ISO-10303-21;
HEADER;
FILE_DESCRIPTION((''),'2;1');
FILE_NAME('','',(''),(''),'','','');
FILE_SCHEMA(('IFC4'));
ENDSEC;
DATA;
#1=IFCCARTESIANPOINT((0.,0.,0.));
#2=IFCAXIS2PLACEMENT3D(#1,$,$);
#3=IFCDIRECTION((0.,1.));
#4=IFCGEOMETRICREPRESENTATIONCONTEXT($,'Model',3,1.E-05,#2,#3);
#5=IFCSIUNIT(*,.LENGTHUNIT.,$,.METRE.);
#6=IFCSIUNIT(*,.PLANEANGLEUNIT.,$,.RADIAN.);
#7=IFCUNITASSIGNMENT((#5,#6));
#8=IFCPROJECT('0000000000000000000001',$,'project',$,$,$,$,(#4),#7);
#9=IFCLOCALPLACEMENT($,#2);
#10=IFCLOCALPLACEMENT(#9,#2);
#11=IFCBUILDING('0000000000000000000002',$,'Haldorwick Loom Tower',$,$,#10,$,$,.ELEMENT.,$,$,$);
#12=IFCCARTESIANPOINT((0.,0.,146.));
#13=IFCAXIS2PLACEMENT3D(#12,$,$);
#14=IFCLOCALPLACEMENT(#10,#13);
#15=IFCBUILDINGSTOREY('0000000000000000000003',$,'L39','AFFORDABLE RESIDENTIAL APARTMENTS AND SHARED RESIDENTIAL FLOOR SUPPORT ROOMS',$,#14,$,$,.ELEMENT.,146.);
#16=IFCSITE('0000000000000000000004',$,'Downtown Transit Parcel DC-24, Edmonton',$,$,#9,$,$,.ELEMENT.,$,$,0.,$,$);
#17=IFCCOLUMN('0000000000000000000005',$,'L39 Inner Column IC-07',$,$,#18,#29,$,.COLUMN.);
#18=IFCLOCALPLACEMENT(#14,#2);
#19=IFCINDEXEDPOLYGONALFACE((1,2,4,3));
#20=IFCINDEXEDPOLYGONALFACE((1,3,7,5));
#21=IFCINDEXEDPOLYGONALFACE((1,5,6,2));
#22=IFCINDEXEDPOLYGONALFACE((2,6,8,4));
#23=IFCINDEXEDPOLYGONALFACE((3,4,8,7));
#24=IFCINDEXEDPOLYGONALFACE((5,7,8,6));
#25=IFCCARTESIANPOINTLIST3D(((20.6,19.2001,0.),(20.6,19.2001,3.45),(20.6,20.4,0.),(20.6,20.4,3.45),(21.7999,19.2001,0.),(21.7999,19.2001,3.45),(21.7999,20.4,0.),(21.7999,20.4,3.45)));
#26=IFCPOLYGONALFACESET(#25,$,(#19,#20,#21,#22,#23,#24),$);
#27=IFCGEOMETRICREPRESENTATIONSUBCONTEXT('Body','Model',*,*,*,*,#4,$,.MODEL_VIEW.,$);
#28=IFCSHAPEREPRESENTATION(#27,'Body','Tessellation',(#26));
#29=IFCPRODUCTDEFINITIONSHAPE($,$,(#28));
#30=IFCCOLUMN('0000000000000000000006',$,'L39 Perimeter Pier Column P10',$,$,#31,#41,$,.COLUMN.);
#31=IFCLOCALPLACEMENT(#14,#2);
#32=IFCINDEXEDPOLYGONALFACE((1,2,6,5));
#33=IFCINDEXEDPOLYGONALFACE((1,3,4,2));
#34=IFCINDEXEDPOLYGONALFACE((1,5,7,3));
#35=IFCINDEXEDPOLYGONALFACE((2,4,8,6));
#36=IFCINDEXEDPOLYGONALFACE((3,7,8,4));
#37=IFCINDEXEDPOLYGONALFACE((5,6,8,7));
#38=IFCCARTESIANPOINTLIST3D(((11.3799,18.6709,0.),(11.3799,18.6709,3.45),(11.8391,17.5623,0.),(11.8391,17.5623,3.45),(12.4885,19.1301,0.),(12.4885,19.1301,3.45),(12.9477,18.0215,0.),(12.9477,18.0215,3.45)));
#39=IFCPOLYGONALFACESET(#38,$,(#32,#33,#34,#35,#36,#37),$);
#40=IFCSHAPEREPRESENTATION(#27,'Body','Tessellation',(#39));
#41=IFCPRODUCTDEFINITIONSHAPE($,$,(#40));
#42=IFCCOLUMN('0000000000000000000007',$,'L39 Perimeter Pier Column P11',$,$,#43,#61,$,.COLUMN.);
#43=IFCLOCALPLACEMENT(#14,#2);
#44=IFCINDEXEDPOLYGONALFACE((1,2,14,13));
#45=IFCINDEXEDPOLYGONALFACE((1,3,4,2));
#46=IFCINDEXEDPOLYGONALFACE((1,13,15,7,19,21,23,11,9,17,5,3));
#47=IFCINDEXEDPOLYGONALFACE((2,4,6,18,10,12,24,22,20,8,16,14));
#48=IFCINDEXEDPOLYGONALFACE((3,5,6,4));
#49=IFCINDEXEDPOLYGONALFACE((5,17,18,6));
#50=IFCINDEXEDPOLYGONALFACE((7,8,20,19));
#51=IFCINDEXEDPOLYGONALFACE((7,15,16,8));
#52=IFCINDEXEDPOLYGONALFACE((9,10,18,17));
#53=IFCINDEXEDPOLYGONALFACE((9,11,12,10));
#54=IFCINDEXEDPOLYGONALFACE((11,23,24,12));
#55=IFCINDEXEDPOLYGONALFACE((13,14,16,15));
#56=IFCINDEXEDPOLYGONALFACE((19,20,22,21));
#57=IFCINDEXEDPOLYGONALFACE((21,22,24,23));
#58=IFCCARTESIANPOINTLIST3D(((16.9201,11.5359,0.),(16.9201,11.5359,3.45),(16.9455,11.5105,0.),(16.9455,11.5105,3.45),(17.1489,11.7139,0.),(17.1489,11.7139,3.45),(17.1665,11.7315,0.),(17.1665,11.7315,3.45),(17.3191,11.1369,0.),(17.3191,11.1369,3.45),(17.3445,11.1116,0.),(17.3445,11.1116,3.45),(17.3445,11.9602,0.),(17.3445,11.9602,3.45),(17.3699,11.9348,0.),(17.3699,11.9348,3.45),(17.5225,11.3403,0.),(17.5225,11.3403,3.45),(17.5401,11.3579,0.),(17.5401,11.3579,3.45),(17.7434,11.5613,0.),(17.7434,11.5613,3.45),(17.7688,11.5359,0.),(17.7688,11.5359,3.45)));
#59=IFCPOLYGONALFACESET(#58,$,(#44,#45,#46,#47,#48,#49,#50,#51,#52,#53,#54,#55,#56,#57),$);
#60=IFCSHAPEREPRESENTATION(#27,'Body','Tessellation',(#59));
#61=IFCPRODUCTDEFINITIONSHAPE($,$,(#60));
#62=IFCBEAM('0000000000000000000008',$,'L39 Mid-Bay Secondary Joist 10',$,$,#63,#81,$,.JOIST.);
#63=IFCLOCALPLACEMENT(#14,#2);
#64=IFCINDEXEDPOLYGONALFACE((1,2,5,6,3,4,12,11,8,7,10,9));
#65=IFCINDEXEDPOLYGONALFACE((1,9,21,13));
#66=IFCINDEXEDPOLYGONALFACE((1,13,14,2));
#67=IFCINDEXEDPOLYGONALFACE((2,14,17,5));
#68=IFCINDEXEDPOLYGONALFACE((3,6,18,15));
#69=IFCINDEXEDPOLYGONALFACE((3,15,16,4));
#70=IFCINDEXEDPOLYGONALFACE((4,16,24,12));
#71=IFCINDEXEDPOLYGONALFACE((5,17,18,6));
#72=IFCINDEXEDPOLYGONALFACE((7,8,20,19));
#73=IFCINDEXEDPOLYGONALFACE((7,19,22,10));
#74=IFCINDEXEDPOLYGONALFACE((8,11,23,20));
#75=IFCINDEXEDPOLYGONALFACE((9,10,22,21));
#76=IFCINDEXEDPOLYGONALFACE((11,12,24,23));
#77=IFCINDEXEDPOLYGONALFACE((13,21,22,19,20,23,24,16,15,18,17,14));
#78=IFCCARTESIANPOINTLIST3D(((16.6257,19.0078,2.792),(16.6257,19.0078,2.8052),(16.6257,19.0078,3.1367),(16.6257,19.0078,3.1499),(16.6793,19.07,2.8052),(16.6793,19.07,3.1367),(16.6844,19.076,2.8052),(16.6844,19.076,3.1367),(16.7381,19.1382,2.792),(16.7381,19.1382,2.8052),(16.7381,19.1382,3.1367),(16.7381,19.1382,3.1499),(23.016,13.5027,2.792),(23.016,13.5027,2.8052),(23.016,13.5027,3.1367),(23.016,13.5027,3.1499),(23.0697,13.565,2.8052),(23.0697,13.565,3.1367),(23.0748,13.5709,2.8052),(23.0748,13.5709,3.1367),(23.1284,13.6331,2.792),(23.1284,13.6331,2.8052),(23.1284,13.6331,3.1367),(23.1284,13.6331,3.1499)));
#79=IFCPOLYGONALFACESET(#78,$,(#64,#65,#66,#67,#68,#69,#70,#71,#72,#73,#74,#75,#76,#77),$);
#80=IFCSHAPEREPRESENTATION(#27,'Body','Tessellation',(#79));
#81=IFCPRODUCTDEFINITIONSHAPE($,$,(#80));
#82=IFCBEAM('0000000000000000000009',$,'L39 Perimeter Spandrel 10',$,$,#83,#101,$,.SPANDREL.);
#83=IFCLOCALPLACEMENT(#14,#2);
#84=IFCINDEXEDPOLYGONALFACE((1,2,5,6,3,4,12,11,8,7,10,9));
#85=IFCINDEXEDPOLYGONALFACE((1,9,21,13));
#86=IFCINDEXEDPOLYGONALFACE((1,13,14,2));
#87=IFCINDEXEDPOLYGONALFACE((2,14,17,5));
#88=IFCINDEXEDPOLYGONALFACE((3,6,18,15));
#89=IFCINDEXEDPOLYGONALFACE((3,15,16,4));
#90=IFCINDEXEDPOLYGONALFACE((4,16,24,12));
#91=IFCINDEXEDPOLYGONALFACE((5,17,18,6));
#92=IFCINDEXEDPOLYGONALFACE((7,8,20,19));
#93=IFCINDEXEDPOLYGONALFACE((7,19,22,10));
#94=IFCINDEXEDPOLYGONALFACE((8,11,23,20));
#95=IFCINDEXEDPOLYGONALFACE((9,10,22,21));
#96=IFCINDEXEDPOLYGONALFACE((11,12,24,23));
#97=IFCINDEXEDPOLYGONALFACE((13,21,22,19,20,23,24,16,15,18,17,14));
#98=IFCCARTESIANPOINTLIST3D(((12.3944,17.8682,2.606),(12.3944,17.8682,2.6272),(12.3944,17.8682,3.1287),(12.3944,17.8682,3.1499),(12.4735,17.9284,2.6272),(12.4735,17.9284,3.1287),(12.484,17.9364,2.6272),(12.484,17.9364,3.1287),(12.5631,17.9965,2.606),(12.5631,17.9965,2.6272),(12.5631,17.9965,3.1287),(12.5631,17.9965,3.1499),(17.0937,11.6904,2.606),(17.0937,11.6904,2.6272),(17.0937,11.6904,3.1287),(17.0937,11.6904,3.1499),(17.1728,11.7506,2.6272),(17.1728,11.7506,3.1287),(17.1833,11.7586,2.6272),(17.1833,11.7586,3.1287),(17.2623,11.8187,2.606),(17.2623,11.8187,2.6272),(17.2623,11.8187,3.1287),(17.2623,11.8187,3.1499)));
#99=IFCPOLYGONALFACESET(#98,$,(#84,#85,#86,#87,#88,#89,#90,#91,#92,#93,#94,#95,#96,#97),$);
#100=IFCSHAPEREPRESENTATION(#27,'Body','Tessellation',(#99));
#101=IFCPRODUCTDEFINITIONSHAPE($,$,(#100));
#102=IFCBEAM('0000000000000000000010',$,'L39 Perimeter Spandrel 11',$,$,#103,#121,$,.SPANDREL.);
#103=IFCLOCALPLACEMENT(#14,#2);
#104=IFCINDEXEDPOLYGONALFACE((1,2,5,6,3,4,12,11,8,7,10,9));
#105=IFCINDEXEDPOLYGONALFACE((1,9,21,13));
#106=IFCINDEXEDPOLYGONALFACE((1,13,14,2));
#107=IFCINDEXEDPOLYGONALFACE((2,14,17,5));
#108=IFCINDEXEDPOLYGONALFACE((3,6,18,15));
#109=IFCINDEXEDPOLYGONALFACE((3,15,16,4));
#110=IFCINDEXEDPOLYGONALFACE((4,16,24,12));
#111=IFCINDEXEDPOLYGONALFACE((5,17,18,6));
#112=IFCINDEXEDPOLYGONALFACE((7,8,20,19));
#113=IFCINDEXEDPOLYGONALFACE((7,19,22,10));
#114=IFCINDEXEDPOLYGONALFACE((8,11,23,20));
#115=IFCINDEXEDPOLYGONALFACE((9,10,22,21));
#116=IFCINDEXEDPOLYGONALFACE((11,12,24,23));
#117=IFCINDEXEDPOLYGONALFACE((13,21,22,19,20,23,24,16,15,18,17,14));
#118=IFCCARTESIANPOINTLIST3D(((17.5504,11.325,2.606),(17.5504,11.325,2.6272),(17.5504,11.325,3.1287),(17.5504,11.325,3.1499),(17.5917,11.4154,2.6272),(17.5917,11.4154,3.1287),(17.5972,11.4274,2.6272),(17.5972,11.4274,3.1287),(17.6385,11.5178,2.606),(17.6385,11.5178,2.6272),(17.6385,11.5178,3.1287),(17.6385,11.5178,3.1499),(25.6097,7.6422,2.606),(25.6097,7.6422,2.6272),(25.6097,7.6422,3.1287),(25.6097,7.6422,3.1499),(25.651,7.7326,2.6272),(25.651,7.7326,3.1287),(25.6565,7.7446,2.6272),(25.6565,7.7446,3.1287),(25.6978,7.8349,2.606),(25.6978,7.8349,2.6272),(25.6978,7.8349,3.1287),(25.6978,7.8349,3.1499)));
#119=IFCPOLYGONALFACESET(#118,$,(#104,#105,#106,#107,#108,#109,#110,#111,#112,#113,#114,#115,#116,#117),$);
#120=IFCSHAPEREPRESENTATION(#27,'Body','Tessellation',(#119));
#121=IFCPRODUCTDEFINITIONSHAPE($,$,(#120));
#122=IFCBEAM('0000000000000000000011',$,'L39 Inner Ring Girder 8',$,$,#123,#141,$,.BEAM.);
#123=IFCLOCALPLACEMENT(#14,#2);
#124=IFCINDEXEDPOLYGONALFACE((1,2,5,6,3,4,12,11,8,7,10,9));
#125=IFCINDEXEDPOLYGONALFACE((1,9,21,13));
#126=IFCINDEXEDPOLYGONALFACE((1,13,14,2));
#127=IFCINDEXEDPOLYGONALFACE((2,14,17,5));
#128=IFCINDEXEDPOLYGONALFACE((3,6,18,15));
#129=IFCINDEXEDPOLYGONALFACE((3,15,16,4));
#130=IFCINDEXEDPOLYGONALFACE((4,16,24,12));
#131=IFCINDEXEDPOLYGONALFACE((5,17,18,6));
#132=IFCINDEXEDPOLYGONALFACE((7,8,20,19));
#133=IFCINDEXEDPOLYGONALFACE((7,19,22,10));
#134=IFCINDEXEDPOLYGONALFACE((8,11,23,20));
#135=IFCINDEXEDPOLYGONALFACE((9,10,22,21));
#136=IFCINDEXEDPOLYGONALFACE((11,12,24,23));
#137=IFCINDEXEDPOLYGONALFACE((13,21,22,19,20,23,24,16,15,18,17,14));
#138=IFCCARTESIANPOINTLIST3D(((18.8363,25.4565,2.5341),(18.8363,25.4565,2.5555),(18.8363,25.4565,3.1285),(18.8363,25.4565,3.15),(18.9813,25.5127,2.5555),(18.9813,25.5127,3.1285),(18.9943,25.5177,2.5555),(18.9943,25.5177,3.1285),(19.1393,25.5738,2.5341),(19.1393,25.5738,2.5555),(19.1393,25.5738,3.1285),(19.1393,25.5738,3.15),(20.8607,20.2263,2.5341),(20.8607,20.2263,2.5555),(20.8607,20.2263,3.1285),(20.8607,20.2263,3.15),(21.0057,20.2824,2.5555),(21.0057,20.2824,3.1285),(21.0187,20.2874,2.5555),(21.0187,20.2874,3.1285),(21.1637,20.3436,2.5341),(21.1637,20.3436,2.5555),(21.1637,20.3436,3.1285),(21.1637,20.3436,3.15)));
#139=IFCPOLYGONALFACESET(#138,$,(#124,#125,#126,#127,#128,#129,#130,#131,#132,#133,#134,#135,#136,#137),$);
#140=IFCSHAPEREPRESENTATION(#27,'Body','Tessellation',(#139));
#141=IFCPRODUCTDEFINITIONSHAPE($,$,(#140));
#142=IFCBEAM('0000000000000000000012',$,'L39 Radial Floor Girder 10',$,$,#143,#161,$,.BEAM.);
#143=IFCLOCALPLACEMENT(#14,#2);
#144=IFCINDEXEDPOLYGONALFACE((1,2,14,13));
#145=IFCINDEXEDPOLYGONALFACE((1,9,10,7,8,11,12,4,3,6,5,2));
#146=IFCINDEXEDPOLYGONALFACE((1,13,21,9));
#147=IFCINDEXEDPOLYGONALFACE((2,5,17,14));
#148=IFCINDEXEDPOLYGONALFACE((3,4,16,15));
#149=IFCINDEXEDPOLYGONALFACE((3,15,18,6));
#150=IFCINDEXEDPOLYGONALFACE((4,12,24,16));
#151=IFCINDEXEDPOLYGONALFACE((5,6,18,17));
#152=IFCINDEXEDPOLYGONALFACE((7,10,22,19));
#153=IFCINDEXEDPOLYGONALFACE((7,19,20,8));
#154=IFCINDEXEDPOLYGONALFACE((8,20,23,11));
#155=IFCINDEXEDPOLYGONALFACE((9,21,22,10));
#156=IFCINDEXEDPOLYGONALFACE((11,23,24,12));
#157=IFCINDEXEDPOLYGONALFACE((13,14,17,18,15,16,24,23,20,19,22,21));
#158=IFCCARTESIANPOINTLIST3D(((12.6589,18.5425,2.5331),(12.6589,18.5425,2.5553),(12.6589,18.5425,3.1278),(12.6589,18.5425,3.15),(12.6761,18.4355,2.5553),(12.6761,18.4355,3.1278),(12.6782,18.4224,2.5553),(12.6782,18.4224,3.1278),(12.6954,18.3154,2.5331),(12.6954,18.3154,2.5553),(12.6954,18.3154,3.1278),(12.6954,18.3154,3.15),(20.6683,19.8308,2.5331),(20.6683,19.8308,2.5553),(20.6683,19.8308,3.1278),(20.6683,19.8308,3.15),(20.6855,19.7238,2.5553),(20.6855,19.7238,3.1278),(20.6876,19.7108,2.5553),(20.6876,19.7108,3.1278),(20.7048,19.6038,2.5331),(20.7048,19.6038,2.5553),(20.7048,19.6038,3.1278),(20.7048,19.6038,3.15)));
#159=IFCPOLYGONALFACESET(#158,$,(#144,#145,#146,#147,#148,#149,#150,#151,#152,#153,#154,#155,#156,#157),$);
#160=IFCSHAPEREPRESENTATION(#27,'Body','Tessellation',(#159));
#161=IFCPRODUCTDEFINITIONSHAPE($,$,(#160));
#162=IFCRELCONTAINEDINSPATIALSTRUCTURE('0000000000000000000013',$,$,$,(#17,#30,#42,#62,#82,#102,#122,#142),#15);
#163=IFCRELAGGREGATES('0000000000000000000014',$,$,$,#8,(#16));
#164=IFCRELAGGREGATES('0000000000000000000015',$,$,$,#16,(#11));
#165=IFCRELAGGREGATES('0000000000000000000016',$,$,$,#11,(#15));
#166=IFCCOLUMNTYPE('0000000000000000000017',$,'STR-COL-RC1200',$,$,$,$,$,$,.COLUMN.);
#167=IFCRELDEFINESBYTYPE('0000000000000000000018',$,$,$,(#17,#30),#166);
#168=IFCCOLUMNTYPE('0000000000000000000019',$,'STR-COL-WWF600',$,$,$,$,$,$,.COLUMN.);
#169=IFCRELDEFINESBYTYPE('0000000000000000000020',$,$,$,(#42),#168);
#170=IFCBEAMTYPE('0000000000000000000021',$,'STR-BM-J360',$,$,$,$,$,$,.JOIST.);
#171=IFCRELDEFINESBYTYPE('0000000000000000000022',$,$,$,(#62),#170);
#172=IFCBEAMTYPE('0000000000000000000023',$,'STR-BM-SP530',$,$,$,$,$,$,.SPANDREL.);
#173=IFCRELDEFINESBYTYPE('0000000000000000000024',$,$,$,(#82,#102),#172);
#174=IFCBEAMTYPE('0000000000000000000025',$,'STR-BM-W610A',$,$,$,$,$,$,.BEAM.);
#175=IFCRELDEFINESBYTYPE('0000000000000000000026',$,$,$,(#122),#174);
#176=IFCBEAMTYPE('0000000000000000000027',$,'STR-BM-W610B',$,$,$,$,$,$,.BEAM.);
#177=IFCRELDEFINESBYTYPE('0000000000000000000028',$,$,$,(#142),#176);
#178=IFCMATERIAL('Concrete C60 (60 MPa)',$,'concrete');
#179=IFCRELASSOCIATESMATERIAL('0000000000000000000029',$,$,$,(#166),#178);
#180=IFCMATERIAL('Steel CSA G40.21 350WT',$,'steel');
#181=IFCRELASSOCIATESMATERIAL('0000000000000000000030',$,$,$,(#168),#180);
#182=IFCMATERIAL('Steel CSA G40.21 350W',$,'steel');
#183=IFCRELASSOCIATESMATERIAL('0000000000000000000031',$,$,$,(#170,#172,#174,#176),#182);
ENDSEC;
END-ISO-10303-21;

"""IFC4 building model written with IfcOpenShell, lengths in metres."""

from ifc_helpers import new_model, si_unit, direction, frame, origin, origin_2d, place, context, subcontext, project, spatial, rectangle, i_section, extrude, material, material_profile, profile_set, type_object, element, save


model = new_model("IFC4")

# Units and contexts
model_context = context("Model", 3, precision=1e-05, world=origin(), true_north=direction((0.0, 1.0)))
body_context = subcontext(model_context, "Body", "Model", "MODEL_VIEW")
ifc_project = project(units=[si_unit("LENGTHUNIT", "METRE"), si_unit("PLANEANGLEUNIT", "RADIAN")], contexts=[model_context])

# Site, building, storey
site_placement = place(None, origin())
site = spatial("IfcSite", under=ifc_project, at=site_placement, Name="Downtown Transit Parcel DC-24, Edmonton", CompositionType="ELEMENT", RefElevation=0.0)
building_placement = place(site_placement, origin())
building = spatial("IfcBuilding", under=site, at=building_placement, Name="Haldorwick Loom Tower", CompositionType="ELEMENT")
storey_placement = place(building_placement, frame((0.0, 0.0, 146.0)))
storey = spatial("IfcBuildingStorey", under=building, at=storey_placement, Name="L39", Description="AFFORDABLE RESIDENTIAL APARTMENTS AND SHARED RESIDENTIAL FLOOR SUPPORT ROOMS", CompositionType="ELEMENT", Elevation=146.0)

# Columns
ifc_material_1 = material(Name="Concrete C60 (60 MPa)", Category="concrete")
ifc_material_profile_1 = material_profile(ifc_material_1, rectangle(XDim=1.2, YDim=1.2, at=origin_2d()), Name="RC1200X1200", Category="concrete")
ifc_profile_set_1 = profile_set([ifc_material_profile_1], Name="Concrete C60 (60 MPa)")
column_type_1 = type_object("IfcColumnType", Name="STR-COL-RC1200", PredefinedType="COLUMN", material=ifc_profile_set_1)
for number, where, z_axis, x_axis, name in (
    (1, (21.2, 19.8, 0.0), (0.0, 0.0, 1.0), (1.0, 0.0, 0.0), "L39 Inner Column IC-07"),
    (2, (12.1638, 18.3462, 0.0), (0.0, 0.0, 1.0), (-0.92388, -0.382683, 0.0), "L39 Perimeter Pier Column P10"),
):
    element("IfcColumn", number, at=place(storey_placement, frame(where, z_axis=z_axis, x_axis=x_axis)), inside=storey, type_object=column_type_1, Name=name, PredefinedType="COLUMN", context=body_context, shape_type="SweptSolid", body=[
        extrude(rectangle(XDim=1.2, YDim=1.2, at=origin_2d()), origin(), (0.0, 0.0, 1.0), 3.45),
    ])
ifc_material_2 = material(Name="Steel CSA G40.21 350WT", Category="steel")
ifc_material_profile_2 = material_profile(ifc_material_2, i_section(OverallWidth=0.6001, OverallDepth=0.6001, WebThickness=0.0249, FlangeThickness=0.0359, at=origin_2d()), Name="WWF600X600", Category="steel")
ifc_profile_set_2 = profile_set([ifc_material_profile_2], Name="Steel CSA G40.21 350WT")
column_type_2 = type_object("IfcColumnType", Name="STR-COL-WWF600", PredefinedType="COLUMN", material=ifc_profile_set_2)
column_placement = place(storey_placement, frame((17.3445, 11.5359, 0.0), z_axis=(0.0, 0.0, 1.0), x_axis=(-0.707107, -0.707107, 0.0)))
element("IfcColumn", 3, at=column_placement, inside=storey, type_object=column_type_2, Name="L39 Perimeter Pier Column P11", PredefinedType="COLUMN", context=body_context, shape_type="SweptSolid", body=[
    extrude(i_section(OverallWidth=0.6001, OverallDepth=0.6001, WebThickness=0.0249, FlangeThickness=0.0359, at=origin_2d()), origin(), (0.0, 0.0, 1.0), 3.45),
])

# Beams
ifc_material_3 = material(Name="Steel CSA G40.21 350W", Category="steel")
ifc_material_profile_3 = material_profile(ifc_material_3, i_section(OverallWidth=0.1721, OverallDepth=0.3579, WebThickness=0.0078, FlangeThickness=0.0132, at=origin_2d()), Name="W360X57", Category="steel")
ifc_profile_set_3 = profile_set([ifc_material_profile_3], Name="Steel CSA G40.21 350W")
beam_type_1 = type_object("IfcBeamType", Name="STR-BM-J360", PredefinedType="JOIST", material=ifc_profile_set_3)
beam_1_placement = place(storey_placement, frame((16.6819, 19.073, 2.9709), z_axis=(0.757634, -0.65268, 0.0), x_axis=(0.65268, 0.757634, 0.0)))
element("IfcBeam", 4, at=beam_1_placement, inside=storey, type_object=beam_type_1, Name="L39 Mid-Bay Secondary Joist 10", PredefinedType="JOIST", context=body_context, shape_type="SweptSolid", body=[
    extrude(i_section(OverallWidth=0.1721, OverallDepth=0.3579, WebThickness=0.0078, FlangeThickness=0.0132, at=origin_2d()), origin(), (0.0, 0.0, 1.0), 8.4346),
])
ifc_material_profile_4 = material_profile(ifc_material_3, i_section(OverallWidth=0.2119, OverallDepth=0.5439, WebThickness=0.0132, FlangeThickness=0.0212, at=origin_2d()), Name="W530X123", Category="steel")
ifc_profile_set_4 = profile_set([ifc_material_profile_4], Name="Steel CSA G40.21 350W")
beam_type_2 = type_object("IfcBeamType", Name="STR-BM-SP530", PredefinedType="SPANDREL", material=ifc_profile_set_4)
beam_2_placement = place(storey_placement, frame((12.4788, 17.9324, 2.8779), z_axis=(0.605421, -0.795905, 0.0), x_axis=(0.795905, 0.605421, 0.0)))
element("IfcBeam", 5, at=beam_2_placement, inside=storey, type_object=beam_type_2, Name="L39 Perimeter Spandrel 10", PredefinedType="SPANDREL", context=body_context, shape_type="SweptSolid", body=[
    extrude(i_section(OverallWidth=0.2119, OverallDepth=0.5439, WebThickness=0.0132, FlangeThickness=0.0212, at=origin_2d()), origin(), (0.0, 0.0, 1.0), 7.762),
])
beam_3_placement = place(storey_placement, frame((17.5945, 11.4214, 2.8779), z_axis=(0.909534, -0.415629, 0.0), x_axis=(0.415629, 0.909534, 0.0)))
element("IfcBeam", 6, at=beam_3_placement, inside=storey, type_object=beam_type_2, Name="L39 Perimeter Spandrel 11", PredefinedType="SPANDREL", context=body_context, shape_type="SweptSolid", body=[
    extrude(i_section(OverallWidth=0.2119, OverallDepth=0.5439, WebThickness=0.0132, FlangeThickness=0.0212, at=origin_2d()), origin(), (0.0, 0.0, 1.0), 8.8608),
])
ifc_material_profile_5 = material_profile(ifc_material_3, i_section(OverallWidth=0.325, OverallDepth=0.616, WebThickness=0.0139, FlangeThickness=0.0215, at=origin_2d()), Name="W610X174", Category="steel")
ifc_profile_set_5 = profile_set([ifc_material_profile_5], Name="Steel CSA G40.21 350W")
beam_type_3 = type_object("IfcBeamType", Name="STR-BM-W610A", PredefinedType="BEAM", material=ifc_profile_set_5)
beam_4_placement = place(storey_placement, frame((21.0122, 20.2849, 2.842), z_axis=(-0.360965, 0.932579, 0.0), x_axis=(-0.932579, -0.360965, 0.0)))
element("IfcBeam", 7, at=beam_4_placement, inside=storey, type_object=beam_type_3, Name="L39 Inner Ring Girder 8", PredefinedType="BEAM", context=body_context, shape_type="SweptSolid", body=[
    extrude(i_section(OverallWidth=0.325, OverallDepth=0.616, WebThickness=0.0139, FlangeThickness=0.0215, at=origin_2d()), origin(), (0.0, 0.0, 1.0), 5.6084),
])
ifc_material_profile_6 = material_profile(ifc_material_3, i_section(OverallWidth=0.23, OverallDepth=0.6169, WebThickness=0.0132, FlangeThickness=0.0222, at=origin_2d()), Name="W610X140", Category="steel")
ifc_profile_set_6 = profile_set([ifc_material_profile_6], Name="Steel CSA G40.21 350W")
beam_type_4 = type_object("IfcBeamType", Name="STR-BM-W610B", PredefinedType="BEAM", material=ifc_profile_set_6)
beam_5_placement = place(storey_placement, frame((20.6865, 19.7173, 2.8416), z_axis=(-0.987309, -0.158813, 0.0), x_axis=(0.158813, -0.987309, 0.0)))
element("IfcBeam", 8, at=beam_5_placement, inside=storey, type_object=beam_type_4, Name="L39 Radial Floor Girder 10", PredefinedType="BEAM", context=body_context, shape_type="SweptSolid", body=[
    extrude(i_section(OverallWidth=0.23, OverallDepth=0.6169, WebThickness=0.0132, FlangeThickness=0.0222, at=origin_2d()), origin(), (0.0, 0.0, 1.0), 8.1123),
])

save(model, "model.ifc")
